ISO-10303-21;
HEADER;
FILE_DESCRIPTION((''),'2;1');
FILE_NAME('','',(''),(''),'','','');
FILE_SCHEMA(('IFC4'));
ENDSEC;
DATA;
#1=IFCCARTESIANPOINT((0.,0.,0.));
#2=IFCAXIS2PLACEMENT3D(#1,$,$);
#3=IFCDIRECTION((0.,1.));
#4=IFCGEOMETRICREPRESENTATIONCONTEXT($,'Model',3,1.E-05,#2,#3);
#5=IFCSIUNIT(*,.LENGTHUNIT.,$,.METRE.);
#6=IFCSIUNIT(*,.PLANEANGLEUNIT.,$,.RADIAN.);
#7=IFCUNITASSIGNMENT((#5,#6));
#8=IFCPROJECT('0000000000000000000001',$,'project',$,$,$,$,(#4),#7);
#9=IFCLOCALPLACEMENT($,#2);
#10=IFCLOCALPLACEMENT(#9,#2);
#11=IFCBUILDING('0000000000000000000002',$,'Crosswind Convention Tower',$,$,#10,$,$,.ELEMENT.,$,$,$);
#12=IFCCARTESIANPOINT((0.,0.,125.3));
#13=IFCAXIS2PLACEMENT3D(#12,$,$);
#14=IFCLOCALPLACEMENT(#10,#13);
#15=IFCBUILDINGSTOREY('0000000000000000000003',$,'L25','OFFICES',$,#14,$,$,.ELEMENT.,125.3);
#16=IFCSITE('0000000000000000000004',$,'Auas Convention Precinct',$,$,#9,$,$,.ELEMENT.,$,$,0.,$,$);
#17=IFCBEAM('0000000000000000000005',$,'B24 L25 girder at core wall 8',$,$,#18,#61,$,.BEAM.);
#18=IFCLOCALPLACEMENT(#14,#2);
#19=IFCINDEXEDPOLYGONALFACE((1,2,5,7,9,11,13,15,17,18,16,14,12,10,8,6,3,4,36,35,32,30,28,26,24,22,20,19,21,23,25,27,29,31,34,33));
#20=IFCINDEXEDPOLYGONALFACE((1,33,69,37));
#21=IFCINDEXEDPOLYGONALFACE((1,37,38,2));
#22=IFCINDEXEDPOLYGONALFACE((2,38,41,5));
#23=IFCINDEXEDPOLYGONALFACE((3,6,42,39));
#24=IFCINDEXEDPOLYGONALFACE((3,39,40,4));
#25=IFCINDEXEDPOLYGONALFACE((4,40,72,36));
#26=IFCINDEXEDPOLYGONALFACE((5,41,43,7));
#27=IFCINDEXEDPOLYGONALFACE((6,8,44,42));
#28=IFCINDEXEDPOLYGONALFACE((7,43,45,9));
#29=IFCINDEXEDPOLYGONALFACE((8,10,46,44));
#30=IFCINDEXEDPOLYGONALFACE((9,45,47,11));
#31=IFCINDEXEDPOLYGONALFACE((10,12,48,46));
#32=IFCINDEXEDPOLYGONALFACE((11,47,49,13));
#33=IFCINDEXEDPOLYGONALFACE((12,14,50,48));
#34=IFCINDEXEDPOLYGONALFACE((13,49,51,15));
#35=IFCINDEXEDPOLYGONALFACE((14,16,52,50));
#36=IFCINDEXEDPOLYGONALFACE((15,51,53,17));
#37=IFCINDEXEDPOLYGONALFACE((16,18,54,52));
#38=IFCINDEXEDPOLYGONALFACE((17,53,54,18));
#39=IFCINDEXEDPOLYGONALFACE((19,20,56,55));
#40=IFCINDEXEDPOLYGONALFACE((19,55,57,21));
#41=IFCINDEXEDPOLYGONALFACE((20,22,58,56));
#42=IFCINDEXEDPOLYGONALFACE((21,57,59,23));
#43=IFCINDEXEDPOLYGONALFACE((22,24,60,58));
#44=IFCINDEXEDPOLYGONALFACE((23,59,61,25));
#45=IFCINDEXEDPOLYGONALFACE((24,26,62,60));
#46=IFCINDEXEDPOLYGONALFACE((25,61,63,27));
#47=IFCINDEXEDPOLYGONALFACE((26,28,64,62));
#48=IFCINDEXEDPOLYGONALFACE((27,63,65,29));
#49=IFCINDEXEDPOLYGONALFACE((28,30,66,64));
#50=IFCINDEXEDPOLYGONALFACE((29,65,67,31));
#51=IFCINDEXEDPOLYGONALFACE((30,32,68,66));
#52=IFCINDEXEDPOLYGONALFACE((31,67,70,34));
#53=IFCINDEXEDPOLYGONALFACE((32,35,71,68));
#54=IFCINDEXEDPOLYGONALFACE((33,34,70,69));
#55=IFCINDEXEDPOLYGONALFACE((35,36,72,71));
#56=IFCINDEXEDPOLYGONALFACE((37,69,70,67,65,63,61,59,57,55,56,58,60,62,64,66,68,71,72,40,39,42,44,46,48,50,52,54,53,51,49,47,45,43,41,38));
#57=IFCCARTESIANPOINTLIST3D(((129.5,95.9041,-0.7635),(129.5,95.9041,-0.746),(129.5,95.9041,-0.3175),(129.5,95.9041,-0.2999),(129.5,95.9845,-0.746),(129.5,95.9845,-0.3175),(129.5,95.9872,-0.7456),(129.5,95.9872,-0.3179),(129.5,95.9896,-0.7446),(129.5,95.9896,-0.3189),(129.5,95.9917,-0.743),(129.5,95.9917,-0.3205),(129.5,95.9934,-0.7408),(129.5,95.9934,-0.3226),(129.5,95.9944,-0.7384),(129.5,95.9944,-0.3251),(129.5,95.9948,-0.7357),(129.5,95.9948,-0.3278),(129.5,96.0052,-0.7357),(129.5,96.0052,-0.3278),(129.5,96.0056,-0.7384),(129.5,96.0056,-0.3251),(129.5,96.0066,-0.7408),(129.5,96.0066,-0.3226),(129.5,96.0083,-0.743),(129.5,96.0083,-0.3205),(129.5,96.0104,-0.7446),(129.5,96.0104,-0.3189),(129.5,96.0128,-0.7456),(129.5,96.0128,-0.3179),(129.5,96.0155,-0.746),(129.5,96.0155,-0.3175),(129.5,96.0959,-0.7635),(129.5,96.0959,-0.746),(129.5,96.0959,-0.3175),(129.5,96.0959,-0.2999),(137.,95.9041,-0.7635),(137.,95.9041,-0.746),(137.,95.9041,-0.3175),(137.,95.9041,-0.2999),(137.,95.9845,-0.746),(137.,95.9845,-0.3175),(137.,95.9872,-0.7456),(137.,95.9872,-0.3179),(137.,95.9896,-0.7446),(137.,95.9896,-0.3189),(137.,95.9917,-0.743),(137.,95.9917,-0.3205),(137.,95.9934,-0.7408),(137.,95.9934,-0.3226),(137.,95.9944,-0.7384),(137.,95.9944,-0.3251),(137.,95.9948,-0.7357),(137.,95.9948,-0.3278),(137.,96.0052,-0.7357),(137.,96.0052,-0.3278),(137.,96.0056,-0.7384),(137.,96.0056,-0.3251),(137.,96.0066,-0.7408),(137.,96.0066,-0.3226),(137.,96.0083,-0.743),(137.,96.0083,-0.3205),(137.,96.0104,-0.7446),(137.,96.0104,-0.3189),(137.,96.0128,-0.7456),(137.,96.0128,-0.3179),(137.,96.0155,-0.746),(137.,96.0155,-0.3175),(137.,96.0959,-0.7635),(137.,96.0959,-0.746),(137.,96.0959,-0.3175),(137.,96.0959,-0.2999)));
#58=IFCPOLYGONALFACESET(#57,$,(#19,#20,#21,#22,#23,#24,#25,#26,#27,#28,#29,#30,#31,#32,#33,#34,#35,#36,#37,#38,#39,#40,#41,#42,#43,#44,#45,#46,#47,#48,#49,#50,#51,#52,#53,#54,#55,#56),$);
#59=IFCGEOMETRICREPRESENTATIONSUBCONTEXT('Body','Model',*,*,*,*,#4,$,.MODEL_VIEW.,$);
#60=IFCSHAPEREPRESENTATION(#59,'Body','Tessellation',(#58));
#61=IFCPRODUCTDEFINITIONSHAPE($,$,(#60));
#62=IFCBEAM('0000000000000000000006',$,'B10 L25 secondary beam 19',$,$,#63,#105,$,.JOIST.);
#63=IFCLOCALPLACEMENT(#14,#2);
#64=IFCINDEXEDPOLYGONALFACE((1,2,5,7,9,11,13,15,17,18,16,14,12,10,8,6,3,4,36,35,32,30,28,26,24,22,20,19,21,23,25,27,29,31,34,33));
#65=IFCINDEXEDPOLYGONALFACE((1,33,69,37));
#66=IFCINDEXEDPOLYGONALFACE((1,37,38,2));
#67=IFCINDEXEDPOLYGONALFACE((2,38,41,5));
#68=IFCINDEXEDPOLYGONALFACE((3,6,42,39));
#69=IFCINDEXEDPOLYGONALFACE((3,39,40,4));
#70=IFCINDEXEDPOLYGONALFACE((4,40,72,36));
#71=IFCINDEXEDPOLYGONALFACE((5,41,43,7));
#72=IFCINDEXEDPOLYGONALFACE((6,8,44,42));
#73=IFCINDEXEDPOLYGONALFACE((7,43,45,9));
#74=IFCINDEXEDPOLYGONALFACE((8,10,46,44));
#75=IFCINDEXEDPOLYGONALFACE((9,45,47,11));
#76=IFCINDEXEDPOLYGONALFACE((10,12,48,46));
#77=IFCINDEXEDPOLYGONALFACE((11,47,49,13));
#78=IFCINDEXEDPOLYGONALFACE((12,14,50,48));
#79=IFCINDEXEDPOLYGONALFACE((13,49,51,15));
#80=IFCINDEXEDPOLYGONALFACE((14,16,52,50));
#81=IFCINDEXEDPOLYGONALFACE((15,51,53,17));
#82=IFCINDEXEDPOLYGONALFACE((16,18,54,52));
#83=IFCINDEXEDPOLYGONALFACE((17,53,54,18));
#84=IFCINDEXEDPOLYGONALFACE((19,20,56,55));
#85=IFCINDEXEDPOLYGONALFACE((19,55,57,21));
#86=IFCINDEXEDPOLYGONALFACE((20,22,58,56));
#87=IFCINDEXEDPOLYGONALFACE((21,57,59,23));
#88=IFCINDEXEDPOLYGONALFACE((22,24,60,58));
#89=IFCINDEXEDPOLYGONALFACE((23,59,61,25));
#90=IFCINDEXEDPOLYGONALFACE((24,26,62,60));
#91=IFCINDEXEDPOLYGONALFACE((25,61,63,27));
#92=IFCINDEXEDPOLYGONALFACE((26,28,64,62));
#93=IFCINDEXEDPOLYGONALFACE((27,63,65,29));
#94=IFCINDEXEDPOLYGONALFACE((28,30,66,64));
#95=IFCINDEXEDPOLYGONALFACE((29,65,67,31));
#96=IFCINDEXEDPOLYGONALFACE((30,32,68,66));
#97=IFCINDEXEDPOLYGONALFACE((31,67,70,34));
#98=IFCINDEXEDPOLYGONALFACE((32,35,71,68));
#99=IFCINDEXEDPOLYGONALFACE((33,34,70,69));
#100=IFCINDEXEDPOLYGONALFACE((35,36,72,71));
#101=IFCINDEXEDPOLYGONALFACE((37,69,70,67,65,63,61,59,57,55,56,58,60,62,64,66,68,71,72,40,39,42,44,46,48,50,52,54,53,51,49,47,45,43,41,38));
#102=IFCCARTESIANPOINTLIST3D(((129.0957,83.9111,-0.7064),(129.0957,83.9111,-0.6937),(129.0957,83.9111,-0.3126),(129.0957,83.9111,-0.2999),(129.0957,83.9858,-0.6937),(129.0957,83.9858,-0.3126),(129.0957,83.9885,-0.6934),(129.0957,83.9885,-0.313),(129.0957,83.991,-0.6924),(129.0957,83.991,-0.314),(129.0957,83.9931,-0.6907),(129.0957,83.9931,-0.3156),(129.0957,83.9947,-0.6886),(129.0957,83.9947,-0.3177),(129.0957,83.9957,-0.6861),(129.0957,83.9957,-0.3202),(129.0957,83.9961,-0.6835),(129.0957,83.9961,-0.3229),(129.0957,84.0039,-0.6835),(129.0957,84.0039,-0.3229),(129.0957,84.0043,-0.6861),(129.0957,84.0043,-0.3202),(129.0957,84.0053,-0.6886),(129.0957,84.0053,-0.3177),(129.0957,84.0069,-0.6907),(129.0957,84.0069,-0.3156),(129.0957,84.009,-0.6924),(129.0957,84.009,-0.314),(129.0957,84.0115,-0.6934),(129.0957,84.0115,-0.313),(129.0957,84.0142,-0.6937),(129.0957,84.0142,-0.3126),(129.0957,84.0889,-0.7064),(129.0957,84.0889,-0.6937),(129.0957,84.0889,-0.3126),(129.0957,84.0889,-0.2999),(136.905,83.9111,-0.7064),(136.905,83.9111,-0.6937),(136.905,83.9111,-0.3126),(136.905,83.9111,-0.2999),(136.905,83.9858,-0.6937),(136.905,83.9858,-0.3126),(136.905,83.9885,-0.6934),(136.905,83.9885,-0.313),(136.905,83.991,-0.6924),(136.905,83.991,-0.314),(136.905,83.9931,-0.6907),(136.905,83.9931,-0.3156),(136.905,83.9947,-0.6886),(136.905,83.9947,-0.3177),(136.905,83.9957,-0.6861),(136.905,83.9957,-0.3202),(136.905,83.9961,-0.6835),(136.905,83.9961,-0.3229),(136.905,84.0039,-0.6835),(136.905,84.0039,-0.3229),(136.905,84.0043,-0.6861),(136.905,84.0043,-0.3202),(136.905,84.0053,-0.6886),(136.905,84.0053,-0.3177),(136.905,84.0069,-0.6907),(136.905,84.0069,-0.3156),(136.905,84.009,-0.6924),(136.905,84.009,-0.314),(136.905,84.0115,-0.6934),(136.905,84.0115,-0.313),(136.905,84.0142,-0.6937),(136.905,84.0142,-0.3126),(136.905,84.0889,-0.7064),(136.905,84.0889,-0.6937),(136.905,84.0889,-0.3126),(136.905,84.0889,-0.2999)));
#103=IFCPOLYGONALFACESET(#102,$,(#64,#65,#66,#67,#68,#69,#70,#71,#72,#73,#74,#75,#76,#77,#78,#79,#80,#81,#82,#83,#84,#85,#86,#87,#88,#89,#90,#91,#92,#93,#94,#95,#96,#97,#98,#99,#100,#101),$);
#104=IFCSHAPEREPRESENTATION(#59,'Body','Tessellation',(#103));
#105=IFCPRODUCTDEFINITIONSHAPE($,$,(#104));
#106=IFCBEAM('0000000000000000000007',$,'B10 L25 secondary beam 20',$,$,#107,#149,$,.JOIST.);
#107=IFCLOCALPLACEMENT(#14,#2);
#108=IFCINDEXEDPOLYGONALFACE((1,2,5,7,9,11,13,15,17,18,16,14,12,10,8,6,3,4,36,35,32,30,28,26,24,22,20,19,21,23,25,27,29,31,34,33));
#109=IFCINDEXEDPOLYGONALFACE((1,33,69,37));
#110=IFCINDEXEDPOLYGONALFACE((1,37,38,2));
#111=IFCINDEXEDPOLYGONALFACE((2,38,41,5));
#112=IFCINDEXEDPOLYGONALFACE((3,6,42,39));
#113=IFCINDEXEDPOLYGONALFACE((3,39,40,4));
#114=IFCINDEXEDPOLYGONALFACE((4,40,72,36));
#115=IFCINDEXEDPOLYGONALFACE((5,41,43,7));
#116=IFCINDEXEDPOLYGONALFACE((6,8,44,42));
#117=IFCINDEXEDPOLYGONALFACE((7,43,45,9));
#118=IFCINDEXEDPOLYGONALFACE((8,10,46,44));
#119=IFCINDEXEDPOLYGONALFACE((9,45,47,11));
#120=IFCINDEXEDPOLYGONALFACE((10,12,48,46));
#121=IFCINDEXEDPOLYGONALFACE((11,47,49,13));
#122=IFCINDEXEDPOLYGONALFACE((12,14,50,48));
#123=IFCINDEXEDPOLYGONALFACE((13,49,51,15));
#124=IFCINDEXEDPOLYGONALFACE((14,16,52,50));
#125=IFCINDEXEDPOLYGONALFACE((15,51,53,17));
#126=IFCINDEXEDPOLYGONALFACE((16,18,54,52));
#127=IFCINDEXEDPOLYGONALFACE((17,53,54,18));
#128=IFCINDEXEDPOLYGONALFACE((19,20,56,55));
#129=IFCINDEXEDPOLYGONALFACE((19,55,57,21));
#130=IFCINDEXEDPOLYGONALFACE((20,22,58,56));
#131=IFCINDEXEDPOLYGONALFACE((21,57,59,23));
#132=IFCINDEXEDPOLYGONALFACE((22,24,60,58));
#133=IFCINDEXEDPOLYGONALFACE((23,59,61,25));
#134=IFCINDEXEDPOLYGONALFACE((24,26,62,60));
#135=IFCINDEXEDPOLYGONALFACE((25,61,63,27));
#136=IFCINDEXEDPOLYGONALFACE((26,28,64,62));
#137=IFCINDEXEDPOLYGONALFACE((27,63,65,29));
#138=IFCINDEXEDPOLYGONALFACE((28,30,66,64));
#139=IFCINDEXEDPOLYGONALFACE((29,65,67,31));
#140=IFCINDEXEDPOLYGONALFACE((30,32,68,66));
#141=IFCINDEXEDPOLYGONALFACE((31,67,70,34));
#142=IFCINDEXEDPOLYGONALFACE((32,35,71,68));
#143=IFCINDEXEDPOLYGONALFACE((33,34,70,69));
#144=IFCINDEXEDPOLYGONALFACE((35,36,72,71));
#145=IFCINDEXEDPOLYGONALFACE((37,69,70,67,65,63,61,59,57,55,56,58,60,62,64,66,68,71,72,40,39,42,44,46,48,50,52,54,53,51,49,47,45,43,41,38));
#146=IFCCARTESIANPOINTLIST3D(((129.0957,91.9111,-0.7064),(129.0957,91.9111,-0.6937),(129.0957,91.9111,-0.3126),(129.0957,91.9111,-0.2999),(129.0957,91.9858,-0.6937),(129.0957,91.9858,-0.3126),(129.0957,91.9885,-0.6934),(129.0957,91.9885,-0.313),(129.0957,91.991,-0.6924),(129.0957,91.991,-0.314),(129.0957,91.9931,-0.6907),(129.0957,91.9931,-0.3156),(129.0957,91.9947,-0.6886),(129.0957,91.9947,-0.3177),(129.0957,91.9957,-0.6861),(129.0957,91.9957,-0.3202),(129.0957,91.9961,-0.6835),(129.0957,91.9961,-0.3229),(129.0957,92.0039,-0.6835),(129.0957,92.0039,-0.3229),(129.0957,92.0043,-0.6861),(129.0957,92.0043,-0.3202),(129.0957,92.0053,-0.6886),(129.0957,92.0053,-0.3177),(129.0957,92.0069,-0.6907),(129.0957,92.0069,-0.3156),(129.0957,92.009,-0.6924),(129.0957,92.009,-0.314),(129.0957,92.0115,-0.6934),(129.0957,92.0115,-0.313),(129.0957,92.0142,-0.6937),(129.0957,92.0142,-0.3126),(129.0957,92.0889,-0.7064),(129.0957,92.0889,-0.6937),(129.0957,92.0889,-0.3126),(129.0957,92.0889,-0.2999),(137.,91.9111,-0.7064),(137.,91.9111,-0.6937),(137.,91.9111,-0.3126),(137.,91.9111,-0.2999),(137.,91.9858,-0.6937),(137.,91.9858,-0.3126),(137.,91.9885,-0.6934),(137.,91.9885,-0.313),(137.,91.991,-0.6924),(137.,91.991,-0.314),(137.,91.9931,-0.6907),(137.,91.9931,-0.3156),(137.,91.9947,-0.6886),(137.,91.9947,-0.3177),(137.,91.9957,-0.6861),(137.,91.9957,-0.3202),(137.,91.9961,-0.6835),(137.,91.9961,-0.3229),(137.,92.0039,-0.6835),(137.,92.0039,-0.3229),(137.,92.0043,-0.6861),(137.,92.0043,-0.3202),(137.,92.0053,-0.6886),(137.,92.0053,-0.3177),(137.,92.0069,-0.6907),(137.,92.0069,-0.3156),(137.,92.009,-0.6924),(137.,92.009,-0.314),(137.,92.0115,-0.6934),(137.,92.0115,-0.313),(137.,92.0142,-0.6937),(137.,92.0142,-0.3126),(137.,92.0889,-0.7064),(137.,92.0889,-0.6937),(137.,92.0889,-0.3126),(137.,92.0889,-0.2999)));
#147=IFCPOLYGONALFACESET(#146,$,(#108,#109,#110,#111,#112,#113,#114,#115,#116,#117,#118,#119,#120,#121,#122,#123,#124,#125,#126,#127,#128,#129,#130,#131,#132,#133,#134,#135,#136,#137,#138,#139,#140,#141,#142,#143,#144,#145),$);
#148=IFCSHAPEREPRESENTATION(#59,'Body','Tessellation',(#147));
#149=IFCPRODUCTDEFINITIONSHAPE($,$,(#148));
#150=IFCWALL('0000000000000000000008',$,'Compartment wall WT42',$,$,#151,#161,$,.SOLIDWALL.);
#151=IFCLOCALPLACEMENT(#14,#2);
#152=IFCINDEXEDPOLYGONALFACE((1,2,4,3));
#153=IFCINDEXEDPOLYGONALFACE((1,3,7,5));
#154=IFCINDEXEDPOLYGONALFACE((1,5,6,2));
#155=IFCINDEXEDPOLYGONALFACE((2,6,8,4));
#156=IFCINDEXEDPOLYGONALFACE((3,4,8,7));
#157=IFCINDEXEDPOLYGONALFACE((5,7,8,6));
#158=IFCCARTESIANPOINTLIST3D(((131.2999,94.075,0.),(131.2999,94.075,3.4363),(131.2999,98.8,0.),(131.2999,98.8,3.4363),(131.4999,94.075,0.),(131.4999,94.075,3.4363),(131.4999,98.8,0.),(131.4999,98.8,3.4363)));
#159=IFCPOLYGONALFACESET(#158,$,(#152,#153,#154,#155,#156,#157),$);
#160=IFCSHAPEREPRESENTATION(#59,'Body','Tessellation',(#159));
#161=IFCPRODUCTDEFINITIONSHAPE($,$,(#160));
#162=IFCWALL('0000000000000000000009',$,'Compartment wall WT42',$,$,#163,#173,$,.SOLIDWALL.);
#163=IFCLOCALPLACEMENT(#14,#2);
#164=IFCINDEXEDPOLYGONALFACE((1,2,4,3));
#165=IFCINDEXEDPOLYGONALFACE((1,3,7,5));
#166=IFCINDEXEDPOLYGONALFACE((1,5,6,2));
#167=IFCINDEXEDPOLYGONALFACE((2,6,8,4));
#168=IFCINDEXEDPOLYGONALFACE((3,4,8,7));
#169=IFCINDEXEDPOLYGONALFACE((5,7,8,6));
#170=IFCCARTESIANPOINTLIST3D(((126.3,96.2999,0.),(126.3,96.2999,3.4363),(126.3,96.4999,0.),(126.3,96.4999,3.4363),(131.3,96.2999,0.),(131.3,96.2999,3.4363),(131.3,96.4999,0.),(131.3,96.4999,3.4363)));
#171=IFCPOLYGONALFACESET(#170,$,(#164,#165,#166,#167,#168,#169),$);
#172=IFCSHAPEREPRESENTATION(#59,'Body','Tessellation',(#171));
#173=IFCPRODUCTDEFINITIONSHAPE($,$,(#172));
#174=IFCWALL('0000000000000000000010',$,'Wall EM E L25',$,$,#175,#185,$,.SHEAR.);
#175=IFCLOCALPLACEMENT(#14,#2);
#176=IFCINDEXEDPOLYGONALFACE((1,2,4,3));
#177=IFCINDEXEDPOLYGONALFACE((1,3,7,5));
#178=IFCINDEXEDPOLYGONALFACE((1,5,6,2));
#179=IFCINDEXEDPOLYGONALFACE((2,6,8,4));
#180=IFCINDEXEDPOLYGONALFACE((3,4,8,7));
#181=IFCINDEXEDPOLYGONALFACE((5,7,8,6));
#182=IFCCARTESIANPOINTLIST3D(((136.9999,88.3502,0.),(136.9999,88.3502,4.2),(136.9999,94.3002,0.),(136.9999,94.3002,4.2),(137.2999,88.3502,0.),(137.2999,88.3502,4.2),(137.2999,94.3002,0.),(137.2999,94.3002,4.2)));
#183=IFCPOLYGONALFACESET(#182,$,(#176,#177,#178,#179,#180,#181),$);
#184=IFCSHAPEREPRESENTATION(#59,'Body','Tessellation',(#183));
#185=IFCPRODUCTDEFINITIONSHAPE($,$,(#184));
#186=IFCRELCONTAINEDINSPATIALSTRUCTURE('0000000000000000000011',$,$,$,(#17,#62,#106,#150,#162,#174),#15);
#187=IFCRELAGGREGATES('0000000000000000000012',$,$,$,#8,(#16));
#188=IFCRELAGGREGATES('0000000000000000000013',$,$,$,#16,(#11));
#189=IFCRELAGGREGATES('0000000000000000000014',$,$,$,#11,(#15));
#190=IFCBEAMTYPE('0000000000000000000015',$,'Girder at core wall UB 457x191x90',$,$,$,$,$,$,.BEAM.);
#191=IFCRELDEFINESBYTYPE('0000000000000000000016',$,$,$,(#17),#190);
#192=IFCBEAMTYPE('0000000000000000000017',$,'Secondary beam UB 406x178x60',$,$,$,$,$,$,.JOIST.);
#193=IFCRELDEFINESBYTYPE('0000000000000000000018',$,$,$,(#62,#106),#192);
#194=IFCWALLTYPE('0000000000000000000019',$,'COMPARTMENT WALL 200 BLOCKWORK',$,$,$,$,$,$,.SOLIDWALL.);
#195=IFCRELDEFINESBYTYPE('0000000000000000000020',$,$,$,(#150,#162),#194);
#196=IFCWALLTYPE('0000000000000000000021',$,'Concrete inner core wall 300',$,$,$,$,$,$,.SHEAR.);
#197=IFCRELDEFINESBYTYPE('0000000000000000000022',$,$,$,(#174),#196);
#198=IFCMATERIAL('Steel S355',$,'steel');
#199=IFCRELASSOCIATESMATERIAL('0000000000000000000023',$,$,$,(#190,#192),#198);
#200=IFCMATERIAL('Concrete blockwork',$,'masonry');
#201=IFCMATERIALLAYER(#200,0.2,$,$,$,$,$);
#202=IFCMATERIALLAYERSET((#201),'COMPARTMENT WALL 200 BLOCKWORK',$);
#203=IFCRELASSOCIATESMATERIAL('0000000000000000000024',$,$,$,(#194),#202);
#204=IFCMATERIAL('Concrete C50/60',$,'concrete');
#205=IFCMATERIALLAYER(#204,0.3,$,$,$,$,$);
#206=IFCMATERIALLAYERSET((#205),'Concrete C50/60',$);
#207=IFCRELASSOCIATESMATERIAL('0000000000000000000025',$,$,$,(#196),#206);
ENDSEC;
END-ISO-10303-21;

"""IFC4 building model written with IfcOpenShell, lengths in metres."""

from ifc_helpers import new_model, si_unit, direction, frame, frame_2d, origin, origin_2d, place, context, subcontext, project, spatial, rectangle, i_section, extrude, material, layer, layer_set, material_profile, profile_set, type_object, element, save


model = new_model("IFC4")

# Units and contexts
model_context = context("Model", 3, precision=1e-05, world=origin(), true_north=direction((0.0, 1.0)))
body_context = subcontext(model_context, "Body", "Model", "MODEL_VIEW")
ifc_project = project(units=[si_unit("LENGTHUNIT", "METRE"), si_unit("PLANEANGLEUNIT", "RADIAN")], contexts=[model_context])

# Site, building, storey
site_placement = place(None, origin())
site = spatial("IfcSite", under=ifc_project, at=site_placement, Name="Auas Convention Precinct", CompositionType="ELEMENT", RefElevation=0.0)
building_placement = place(site_placement, origin())
building = spatial("IfcBuilding", under=site, at=building_placement, Name="Crosswind Convention Tower", CompositionType="ELEMENT")
storey_placement = place(building_placement, frame((0.0, 0.0, 125.3)))
storey = spatial("IfcBuildingStorey", under=building, at=storey_placement, Name="L25", Description="OFFICES", CompositionType="ELEMENT", Elevation=125.3)

# Beams
ifc_material_1 = material(Name="Steel S355", Category="steel")
ifc_material_profile_1 = material_profile(ifc_material_1, i_section(OverallWidth=0.1919, OverallDepth=0.4636, WebThickness=0.0105, FlangeThickness=0.0176, FilletRadius=0.0103, at=origin_2d()), Name="UB 457x191x90")
ifc_profile_set_1 = profile_set([ifc_material_profile_1], Name="Steel S355")
beam_type_1 = type_object("IfcBeamType", Name="Girder at core wall UB 457x191x90", PredefinedType="BEAM", material=ifc_profile_set_1)
for number, where, z_axis, x_axis, name in (
    (1, (129.5, 96.0, -0.5317), (1.0, 0.0, 0.0), (0.0, 1.0, 0.0), "B24 L25 girder at core wall 8"),
):
    element("IfcBeam", number, at=place(storey_placement, frame(where, z_axis=z_axis, x_axis=x_axis)), inside=storey, type_object=beam_type_1, Name=name, PredefinedType="BEAM", context=body_context, shape_type="SweptSolid", body=[
        extrude(i_section(OverallWidth=0.1919, OverallDepth=0.4636, WebThickness=0.0105, FlangeThickness=0.0176, FilletRadius=0.0103, at=origin_2d()), origin(), (0.0, 0.0, 1.0), 7.5),
    ])
ifc_material_profile_2 = material_profile(ifc_material_1, i_section(OverallWidth=0.1777, OverallDepth=0.4065, WebThickness=0.0078, FlangeThickness=0.0127, FilletRadius=0.0103, at=origin_2d()), Name="UB 406x178x60")
ifc_profile_set_2 = profile_set([ifc_material_profile_2], Name="Steel S355")
beam_type_2 = type_object("IfcBeamType", Name="Secondary beam UB 406x178x60", PredefinedType="JOIST", material=ifc_profile_set_2)
beam_1_placement = place(storey_placement, frame((129.0957, 84.0, -0.5032), z_axis=(1.0, 0.0, 0.0), x_axis=(0.0, 1.0, 0.0)))
element("IfcBeam", 2, at=beam_1_placement, inside=storey, type_object=beam_type_2, Name="B10 L25 secondary beam 19", PredefinedType="JOIST", context=body_context, shape_type="SweptSolid", body=[
    extrude(i_section(OverallWidth=0.1777, OverallDepth=0.4065, WebThickness=0.0078, FlangeThickness=0.0127, FilletRadius=0.0103, at=origin_2d()), origin(), (0.0, 0.0, 1.0), 7.8093),
])
beam_2_placement = place(storey_placement, frame((129.0957, 92.0, -0.5032), z_axis=(1.0, 0.0, 0.0), x_axis=(0.0, 1.0, 0.0)))
element("IfcBeam", 3, at=beam_2_placement, inside=storey, type_object=beam_type_2, Name="B10 L25 secondary beam 20", PredefinedType="JOIST", context=body_context, shape_type="SweptSolid", body=[
    extrude(i_section(OverallWidth=0.1777, OverallDepth=0.4065, WebThickness=0.0078, FlangeThickness=0.0127, FilletRadius=0.0103, at=origin_2d()), origin(), (0.0, 0.0, 1.0), 7.9043),
])

# Walls
ifc_material_2 = material(Name="Concrete blockwork", Category="masonry")
ifc_layer_1 = layer(ifc_material_2, 0.2)
ifc_layer_set_1 = layer_set([ifc_layer_1], Name="COMPARTMENT WALL 200 BLOCKWORK")
wall_type_1 = type_object("IfcWallType", Name="COMPARTMENT WALL 200 BLOCKWORK", PredefinedType="SOLIDWALL", material=ifc_layer_set_1)
wall_1_placement = place(storey_placement, frame((131.3999, 94.075, 0.0), z_axis=(0.0, 0.0, 1.0), x_axis=(0.0, 1.0, 0.0)))
element("IfcWall", 4, at=wall_1_placement, inside=storey, type_object=wall_type_1, Name="Compartment wall WT42", PredefinedType="SOLIDWALL", context=body_context, shape_type="SweptSolid", body=[
    extrude(rectangle(XDim=4.7251, YDim=0.2, at=frame_2d((2.3625, 0.0))), origin(), (0.0, 0.0, 1.0), 3.4363),
])
wall_2_placement = place(storey_placement, frame((126.3, 96.3999, 0.0), z_axis=(0.0, 0.0, 1.0), x_axis=(1.0, 0.0, 0.0)))
element("IfcWall", 5, at=wall_2_placement, inside=storey, type_object=wall_type_1, Name="Compartment wall WT42", PredefinedType="SOLIDWALL", context=body_context, shape_type="SweptSolid", body=[
    extrude(rectangle(XDim=5.0, YDim=0.2, at=frame_2d((2.5, 0.0))), origin(), (0.0, 0.0, 1.0), 3.4363),
])

# Shared definitions
ifc_material_3 = material(Name="Concrete C50/60", Category="concrete")
ifc_layer_2 = layer(ifc_material_3, 0.3)
ifc_layer_set_2 = layer_set([ifc_layer_2], Name="Concrete C50/60")
wall_type_2 = type_object("IfcWallType", Name="Concrete inner core wall 300", PredefinedType="SHEAR", material=ifc_layer_set_2)

# Wall
wall_3_placement = place(storey_placement, frame((137.1499, 88.3501, 0.0), z_axis=(0.0, 0.0, 1.0), x_axis=(0.0, 1.0, 0.0)))
element("IfcWall", 6, at=wall_3_placement, inside=storey, type_object=wall_type_2, Name="Wall EM E L25", PredefinedType="SHEAR", context=body_context, shape_type="SweptSolid", body=[
    extrude(rectangle(XDim=5.95, YDim=0.3, at=frame_2d((2.9751, 0.0))), origin(), (0.0, 0.0, 1.0), 4.2),
])

save(model, "model.ifc")
